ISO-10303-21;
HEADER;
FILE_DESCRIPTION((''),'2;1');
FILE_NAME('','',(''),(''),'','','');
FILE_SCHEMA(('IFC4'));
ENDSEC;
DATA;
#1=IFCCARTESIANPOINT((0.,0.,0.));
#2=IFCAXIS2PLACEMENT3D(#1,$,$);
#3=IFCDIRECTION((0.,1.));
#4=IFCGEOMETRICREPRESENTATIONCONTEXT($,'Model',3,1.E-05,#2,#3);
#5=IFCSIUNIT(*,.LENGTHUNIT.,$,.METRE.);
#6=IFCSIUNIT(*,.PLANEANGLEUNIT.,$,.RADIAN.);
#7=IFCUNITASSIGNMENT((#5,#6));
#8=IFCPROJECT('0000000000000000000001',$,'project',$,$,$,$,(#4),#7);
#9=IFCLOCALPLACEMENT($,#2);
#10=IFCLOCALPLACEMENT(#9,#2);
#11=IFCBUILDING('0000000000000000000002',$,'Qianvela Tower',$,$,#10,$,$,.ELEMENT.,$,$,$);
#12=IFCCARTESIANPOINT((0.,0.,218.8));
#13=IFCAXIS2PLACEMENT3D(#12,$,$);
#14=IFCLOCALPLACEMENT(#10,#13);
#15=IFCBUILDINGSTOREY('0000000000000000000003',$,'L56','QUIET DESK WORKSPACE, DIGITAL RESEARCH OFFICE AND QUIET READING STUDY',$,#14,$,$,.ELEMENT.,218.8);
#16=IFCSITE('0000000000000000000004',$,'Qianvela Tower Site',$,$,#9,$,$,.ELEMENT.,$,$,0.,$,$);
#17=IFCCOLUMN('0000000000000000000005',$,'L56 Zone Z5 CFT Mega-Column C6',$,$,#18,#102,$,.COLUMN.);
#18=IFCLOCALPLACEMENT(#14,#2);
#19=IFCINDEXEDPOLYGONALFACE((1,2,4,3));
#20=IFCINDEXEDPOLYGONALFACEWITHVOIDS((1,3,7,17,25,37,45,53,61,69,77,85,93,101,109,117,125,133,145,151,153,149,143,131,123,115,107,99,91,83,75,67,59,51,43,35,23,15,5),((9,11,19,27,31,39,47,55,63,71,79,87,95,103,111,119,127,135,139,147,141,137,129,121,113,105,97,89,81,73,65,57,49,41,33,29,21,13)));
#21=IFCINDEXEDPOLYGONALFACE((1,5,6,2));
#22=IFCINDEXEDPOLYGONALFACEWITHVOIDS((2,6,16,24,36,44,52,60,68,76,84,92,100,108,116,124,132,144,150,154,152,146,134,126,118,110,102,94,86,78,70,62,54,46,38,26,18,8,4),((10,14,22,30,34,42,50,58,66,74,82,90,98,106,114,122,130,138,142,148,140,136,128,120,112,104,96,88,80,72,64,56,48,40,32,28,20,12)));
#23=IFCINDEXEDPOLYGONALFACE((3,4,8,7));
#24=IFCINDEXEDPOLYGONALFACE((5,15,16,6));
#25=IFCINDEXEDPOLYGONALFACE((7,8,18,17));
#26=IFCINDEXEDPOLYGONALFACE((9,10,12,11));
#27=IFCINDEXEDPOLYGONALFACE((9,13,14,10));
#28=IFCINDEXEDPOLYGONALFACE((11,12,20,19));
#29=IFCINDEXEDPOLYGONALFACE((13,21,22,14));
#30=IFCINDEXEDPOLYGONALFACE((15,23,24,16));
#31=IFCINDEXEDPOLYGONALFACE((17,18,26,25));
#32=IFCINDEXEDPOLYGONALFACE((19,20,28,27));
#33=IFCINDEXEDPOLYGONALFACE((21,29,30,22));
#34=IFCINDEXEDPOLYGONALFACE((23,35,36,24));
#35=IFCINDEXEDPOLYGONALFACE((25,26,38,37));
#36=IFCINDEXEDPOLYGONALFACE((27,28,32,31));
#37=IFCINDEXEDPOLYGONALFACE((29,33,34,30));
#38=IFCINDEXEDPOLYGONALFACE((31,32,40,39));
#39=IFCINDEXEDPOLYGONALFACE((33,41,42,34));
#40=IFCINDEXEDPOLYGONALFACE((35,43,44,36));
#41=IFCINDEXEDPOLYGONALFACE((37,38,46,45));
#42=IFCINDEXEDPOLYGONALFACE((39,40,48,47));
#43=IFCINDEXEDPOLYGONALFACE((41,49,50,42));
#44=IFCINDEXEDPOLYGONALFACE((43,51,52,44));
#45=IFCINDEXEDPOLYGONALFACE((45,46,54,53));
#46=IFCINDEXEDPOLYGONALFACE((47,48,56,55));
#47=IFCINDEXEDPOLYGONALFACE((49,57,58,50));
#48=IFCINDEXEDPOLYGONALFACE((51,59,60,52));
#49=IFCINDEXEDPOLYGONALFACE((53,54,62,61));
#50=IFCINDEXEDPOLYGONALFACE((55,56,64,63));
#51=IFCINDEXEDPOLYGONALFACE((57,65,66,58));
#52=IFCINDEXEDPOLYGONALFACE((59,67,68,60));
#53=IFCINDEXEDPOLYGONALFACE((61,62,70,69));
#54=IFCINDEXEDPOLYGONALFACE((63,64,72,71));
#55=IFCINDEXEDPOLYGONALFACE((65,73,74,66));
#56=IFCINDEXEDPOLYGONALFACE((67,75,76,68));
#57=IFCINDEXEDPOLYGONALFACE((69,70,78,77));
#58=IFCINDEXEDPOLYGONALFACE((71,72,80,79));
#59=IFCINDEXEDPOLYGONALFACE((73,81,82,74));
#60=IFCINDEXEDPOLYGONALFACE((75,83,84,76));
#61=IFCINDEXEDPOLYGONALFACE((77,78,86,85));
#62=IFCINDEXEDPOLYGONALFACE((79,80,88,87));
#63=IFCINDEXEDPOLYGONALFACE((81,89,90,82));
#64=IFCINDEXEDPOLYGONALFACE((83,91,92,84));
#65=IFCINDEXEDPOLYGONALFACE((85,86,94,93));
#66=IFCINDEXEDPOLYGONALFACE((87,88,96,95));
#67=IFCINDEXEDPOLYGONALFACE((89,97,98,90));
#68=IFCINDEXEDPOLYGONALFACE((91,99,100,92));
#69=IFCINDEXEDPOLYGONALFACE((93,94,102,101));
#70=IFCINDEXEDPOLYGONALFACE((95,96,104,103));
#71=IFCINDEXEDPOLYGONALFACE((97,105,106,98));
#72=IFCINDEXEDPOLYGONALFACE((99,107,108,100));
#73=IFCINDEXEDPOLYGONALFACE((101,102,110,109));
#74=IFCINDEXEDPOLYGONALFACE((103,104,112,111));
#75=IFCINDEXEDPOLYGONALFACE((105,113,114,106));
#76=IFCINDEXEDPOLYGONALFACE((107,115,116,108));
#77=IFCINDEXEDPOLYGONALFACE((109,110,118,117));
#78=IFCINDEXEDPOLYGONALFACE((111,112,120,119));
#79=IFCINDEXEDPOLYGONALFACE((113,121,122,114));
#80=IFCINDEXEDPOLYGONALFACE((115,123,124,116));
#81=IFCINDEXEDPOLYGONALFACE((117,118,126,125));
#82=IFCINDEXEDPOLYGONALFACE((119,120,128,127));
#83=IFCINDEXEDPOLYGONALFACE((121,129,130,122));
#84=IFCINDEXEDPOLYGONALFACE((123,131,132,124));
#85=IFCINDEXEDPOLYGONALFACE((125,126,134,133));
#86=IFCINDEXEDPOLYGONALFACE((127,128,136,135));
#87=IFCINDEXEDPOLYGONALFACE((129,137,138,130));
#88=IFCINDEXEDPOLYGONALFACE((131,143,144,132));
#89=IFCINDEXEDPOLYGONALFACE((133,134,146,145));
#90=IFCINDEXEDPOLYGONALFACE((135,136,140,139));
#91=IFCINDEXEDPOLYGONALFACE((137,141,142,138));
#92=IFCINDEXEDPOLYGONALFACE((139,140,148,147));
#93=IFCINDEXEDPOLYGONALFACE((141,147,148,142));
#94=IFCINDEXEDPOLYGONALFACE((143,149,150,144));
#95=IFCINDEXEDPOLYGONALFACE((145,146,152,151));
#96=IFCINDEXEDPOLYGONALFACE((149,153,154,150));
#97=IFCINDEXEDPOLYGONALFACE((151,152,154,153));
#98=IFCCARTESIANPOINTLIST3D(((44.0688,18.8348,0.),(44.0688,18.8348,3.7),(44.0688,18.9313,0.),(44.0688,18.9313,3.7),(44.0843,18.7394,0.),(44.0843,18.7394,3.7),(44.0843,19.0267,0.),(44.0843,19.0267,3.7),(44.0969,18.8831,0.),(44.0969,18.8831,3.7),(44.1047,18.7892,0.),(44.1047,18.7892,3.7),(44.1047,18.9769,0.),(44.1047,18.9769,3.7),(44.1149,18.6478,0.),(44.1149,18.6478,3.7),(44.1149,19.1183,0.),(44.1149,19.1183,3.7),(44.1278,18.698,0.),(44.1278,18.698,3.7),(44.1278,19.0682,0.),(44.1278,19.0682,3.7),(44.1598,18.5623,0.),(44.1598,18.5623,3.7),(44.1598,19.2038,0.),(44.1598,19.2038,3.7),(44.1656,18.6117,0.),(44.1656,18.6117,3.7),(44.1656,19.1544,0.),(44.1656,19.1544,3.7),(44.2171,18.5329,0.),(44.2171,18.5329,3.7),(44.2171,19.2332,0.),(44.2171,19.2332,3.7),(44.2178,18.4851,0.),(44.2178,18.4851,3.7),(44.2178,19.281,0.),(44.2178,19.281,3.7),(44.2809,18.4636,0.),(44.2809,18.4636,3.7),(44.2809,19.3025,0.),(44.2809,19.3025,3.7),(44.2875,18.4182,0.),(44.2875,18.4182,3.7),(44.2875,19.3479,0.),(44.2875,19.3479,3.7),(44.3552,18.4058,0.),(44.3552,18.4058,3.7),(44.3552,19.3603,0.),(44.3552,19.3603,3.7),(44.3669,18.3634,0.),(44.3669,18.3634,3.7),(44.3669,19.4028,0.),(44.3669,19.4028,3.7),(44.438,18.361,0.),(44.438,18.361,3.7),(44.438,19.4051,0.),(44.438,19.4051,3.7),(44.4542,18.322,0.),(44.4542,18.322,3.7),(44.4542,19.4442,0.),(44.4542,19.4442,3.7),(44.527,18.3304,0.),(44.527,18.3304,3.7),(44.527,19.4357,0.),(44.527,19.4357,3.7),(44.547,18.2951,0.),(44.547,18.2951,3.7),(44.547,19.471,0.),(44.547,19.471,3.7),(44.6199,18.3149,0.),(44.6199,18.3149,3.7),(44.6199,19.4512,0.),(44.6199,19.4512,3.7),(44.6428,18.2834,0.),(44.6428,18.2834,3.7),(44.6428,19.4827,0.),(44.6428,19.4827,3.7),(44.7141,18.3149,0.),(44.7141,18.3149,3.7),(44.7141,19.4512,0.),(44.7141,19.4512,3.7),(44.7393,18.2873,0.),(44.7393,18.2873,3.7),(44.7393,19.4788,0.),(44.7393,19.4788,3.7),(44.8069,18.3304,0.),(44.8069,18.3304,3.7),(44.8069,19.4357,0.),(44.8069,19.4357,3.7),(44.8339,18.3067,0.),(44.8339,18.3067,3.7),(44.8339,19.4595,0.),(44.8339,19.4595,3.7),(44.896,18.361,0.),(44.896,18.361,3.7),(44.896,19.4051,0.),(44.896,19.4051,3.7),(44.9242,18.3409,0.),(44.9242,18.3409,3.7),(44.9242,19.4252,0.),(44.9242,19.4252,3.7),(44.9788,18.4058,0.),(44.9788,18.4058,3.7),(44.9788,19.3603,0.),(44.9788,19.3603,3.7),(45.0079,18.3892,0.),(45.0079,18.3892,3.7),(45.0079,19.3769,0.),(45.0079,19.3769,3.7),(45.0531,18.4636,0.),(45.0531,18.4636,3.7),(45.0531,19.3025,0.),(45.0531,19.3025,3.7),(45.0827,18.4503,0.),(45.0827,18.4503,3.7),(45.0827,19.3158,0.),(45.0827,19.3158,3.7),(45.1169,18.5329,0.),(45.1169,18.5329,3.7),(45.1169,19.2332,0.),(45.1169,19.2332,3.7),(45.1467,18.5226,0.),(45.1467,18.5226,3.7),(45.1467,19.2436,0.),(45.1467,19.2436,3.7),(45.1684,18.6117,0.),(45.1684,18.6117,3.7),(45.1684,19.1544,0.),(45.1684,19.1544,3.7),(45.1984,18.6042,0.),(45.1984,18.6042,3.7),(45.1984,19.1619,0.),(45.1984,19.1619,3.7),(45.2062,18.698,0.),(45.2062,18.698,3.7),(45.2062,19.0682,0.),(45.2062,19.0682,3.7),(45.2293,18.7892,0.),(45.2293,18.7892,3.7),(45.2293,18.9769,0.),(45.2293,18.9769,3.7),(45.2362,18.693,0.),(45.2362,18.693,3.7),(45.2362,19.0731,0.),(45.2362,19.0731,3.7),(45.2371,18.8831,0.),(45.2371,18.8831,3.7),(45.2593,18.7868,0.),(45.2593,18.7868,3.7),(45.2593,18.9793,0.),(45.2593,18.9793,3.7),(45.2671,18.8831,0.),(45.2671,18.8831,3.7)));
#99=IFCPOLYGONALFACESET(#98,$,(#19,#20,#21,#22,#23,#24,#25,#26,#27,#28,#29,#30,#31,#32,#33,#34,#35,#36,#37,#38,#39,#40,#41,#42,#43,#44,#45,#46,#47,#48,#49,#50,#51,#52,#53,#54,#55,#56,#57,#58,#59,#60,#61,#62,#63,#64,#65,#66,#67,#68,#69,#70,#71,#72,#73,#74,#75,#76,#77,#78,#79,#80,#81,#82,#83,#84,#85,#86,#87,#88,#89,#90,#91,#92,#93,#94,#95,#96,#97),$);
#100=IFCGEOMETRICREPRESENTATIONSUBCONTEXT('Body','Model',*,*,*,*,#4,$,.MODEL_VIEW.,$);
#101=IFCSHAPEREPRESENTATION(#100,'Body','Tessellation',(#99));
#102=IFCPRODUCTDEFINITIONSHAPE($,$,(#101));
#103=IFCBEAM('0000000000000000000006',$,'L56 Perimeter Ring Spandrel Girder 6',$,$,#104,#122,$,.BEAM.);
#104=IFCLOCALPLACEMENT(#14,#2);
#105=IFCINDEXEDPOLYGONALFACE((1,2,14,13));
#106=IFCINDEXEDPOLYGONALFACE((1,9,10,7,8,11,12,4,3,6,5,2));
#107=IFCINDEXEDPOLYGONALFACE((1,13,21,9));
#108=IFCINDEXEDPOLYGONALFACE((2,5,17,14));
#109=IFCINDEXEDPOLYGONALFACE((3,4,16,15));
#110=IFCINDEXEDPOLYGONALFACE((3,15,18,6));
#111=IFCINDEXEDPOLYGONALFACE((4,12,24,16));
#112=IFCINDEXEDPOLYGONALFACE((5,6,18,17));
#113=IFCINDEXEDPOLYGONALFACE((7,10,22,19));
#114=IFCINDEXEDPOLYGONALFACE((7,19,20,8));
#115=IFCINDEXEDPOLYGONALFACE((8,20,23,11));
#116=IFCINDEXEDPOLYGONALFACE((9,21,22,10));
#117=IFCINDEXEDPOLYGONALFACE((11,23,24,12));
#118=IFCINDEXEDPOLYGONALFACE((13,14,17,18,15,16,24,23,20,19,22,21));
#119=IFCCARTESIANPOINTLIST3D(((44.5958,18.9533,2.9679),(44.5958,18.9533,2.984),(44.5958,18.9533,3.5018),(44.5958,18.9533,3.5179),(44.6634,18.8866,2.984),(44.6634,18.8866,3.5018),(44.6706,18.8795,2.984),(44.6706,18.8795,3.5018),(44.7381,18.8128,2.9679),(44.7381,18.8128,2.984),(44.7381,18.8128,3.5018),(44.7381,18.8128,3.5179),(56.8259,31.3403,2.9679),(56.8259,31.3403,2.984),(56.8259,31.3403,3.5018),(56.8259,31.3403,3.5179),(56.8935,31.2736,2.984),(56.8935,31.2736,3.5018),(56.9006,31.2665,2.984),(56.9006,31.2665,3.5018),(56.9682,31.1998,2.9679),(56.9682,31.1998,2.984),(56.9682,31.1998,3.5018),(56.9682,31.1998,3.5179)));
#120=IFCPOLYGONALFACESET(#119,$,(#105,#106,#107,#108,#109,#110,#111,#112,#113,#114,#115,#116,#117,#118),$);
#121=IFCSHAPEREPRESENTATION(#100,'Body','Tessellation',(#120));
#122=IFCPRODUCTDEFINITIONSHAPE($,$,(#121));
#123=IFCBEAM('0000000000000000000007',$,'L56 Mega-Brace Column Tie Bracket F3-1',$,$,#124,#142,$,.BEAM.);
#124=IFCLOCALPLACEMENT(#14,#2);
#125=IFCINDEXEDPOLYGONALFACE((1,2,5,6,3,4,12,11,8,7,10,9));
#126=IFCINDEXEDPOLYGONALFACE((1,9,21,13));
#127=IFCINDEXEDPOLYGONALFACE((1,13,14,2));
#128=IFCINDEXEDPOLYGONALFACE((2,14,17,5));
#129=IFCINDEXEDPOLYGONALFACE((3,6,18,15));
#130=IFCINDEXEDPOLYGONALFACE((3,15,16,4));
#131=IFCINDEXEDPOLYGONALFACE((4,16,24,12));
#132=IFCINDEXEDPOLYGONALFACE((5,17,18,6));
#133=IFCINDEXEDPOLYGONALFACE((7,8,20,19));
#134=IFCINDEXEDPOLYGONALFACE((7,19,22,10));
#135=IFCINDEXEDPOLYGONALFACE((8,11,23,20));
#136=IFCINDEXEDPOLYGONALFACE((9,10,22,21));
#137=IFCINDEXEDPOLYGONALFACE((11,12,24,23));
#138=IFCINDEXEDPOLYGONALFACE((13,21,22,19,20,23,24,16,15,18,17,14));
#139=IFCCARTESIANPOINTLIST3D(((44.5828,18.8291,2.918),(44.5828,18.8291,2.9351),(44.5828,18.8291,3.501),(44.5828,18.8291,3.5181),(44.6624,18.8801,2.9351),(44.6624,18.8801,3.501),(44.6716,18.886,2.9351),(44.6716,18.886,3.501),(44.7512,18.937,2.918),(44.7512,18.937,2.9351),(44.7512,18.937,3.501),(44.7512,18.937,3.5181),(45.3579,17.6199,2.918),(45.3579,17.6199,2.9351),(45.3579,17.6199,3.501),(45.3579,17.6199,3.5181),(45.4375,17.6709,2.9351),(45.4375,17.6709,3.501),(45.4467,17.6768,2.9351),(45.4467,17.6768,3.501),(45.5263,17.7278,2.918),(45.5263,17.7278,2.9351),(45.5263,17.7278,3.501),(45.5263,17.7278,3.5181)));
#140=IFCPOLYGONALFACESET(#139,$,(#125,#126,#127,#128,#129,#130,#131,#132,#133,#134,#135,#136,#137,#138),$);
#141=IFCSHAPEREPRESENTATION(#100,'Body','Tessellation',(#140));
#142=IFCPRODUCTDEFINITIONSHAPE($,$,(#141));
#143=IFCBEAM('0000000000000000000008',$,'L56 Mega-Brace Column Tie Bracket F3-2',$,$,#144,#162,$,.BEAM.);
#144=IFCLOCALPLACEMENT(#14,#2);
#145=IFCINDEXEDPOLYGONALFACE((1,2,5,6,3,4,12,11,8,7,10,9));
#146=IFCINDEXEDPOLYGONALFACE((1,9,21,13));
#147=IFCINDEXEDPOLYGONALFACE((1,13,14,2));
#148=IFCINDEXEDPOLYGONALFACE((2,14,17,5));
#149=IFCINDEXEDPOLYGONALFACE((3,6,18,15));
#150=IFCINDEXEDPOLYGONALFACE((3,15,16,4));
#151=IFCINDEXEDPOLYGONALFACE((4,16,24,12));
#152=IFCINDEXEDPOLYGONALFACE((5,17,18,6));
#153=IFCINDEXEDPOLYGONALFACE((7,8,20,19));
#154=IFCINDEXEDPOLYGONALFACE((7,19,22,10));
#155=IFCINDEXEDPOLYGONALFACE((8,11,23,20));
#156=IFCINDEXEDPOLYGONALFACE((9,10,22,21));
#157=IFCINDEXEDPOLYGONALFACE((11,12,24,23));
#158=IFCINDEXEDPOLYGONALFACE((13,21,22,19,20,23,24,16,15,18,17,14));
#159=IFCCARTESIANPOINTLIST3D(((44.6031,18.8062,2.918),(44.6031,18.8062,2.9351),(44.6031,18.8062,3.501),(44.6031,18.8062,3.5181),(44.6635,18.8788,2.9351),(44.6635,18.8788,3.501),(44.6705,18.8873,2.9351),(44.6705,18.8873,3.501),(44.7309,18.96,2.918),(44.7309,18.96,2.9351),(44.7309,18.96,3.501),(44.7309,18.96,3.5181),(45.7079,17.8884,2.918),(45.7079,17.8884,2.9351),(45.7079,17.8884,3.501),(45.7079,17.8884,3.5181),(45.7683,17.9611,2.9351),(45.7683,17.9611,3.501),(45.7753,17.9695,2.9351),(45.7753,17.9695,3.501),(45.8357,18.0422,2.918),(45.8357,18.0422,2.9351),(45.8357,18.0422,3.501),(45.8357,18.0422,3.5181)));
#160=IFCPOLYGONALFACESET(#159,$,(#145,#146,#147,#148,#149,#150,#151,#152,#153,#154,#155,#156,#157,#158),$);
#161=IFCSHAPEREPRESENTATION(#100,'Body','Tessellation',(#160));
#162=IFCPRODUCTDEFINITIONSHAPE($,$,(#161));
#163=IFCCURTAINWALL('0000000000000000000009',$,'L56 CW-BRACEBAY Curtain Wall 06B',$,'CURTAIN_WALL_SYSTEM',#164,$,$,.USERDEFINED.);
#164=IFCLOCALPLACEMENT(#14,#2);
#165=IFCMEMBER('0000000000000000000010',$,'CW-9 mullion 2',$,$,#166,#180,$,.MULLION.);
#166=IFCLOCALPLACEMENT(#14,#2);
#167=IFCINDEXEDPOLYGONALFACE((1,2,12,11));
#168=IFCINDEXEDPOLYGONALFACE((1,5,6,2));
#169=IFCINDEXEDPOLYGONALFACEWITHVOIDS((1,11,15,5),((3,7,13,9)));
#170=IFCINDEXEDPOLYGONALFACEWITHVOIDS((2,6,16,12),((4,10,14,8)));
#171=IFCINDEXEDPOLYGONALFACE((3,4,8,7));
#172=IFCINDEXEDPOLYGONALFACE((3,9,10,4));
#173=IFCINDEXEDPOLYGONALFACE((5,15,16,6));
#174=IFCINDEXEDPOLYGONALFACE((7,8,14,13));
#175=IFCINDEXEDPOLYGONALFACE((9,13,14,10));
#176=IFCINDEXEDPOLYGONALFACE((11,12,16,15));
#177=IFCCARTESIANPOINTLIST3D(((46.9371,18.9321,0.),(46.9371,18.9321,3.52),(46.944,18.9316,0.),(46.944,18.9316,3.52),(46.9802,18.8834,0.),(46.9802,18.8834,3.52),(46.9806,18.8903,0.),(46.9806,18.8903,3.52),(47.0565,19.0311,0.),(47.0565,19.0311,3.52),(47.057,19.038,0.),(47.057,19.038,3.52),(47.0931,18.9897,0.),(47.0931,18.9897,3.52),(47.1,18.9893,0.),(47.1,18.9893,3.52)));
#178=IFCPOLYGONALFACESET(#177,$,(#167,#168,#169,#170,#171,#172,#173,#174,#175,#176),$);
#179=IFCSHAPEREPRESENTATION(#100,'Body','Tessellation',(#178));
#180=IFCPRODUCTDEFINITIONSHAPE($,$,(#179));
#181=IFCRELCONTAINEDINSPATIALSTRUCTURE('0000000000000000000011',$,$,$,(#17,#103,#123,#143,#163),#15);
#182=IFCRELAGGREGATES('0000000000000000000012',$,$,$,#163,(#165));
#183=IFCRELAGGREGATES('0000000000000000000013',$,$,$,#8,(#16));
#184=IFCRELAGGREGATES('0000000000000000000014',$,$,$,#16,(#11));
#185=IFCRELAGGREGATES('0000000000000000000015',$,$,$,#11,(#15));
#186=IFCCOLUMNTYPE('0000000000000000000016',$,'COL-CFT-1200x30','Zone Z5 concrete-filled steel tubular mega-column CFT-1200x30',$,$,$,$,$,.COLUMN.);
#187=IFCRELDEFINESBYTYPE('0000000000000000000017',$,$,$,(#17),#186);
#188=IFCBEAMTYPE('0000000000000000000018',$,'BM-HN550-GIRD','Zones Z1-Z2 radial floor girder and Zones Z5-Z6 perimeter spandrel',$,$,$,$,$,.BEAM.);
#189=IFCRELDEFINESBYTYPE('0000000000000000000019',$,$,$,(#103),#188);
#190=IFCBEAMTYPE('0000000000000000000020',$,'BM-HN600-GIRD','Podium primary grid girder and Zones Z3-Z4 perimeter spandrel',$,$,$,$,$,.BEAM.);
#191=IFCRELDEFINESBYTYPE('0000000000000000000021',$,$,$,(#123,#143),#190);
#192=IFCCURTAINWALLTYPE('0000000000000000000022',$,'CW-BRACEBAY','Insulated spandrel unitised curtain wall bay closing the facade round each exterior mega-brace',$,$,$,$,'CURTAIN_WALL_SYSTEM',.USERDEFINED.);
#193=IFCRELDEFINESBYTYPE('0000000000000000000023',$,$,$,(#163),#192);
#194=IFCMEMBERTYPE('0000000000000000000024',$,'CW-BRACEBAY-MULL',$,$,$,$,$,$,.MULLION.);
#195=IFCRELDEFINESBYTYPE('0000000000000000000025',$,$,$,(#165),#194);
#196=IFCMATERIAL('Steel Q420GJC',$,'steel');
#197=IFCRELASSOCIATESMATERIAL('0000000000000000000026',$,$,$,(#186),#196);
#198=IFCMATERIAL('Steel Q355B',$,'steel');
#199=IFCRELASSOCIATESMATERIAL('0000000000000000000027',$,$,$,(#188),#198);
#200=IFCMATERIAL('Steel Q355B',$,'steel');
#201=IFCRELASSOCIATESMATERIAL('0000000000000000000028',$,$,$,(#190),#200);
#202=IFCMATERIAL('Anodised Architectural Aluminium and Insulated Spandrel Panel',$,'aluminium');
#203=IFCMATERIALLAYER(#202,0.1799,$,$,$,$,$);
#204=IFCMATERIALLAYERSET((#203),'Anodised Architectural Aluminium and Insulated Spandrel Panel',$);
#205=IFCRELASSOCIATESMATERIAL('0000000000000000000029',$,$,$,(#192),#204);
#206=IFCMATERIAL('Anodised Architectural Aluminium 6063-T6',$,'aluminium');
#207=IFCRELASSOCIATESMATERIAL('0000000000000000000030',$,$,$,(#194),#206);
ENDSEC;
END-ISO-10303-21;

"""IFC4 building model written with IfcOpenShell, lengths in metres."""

from ifc_helpers import new_model, si_unit, direction, frame, origin, origin_2d, place, context, subcontext, project, spatial, hollow_rectangle, hollow_circle, i_section, extrude, material, layer, layer_set, material_profile, profile_set, type_object, element, aggregate, save


model = new_model("IFC4")

# Units and contexts
model_context = context("Model", 3, precision=1e-05, world=origin(), true_north=direction((0.0, 1.0)))
body_context = subcontext(model_context, "Body", "Model", "MODEL_VIEW")
ifc_project = project(units=[si_unit("LENGTHUNIT", "METRE"), si_unit("PLANEANGLEUNIT", "RADIAN")], contexts=[model_context])

# Site, building, storey
site_placement = place(None, origin())
site = spatial("IfcSite", under=ifc_project, at=site_placement, Name="Qianvela Tower Site", CompositionType="ELEMENT", RefElevation=0.0)
building_placement = place(site_placement, origin())
building = spatial("IfcBuilding", under=site, at=building_placement, Name="Qianvela Tower", CompositionType="ELEMENT")
storey_placement = place(building_placement, frame((0.0, 0.0, 218.8)))
storey = spatial("IfcBuildingStorey", under=building, at=storey_placement, Name="L56", Description="QUIET DESK WORKSPACE, DIGITAL RESEARCH OFFICE AND QUIET READING STUDY", CompositionType="ELEMENT", Elevation=218.8)

# Column
ifc_material_1 = material(Name="Steel Q420GJC", Category="steel")
ifc_material_profile_1 = material_profile(ifc_material_1, hollow_circle(Radius=0.6001, WallThickness=0.03, at=origin_2d()), Name="CFT-1200x30")
ifc_profile_set_1 = profile_set([ifc_material_profile_1], Name="Steel Q420GJC")
column_type = type_object("IfcColumnType", Name="COL-CFT-1200x30", Description="Zone Z5 concrete-filled steel tubular mega-column CFT-1200x30", PredefinedType="COLUMN", material=ifc_profile_set_1)
column_placement = place(storey_placement, frame((44.667, 18.8831, 0.0), z_axis=(0.0, 0.0, 1.0), x_axis=(1.0, 0.0, 0.0)))
element("IfcColumn", 1, at=column_placement, inside=storey, type_object=column_type, Name="L56 Zone Z5 CFT Mega-Column C6", PredefinedType="COLUMN", context=body_context, shape_type="SweptSolid", body=[
    extrude(hollow_circle(Radius=0.6001, WallThickness=0.03, at=origin_2d()), origin(), (0.0, 0.0, 1.0), 3.7),
])

# Beams
ifc_material_2 = material(Name="Steel Q355B", Category="steel")
ifc_material_profile_2 = material_profile(ifc_material_2, i_section(OverallWidth=0.2, OverallDepth=0.55, WebThickness=0.01, FlangeThickness=0.0161, at=origin_2d()), Name="HN550x200x10x16")
ifc_profile_set_2 = profile_set([ifc_material_profile_2], Name="Steel Q355B")
beam_type_1 = type_object("IfcBeamType", Name="BM-HN550-GIRD", Description="Zones Z1-Z2 radial floor girder and Zones Z5-Z6 perimeter spandrel", PredefinedType="BEAM", material=ifc_profile_set_2)
beam_placement = place(storey_placement, frame((44.667, 18.8831, 3.2429), z_axis=(0.702583, 0.711602, 0.0), x_axis=(-0.711602, 0.702583, 0.0)))
element("IfcBeam", 2, at=beam_placement, inside=storey, type_object=beam_type_1, Name="L56 Perimeter Ring Spandrel Girder 6", PredefinedType="BEAM", context=body_context, shape_type="SweptSolid", body=[
    extrude(i_section(OverallWidth=0.2, OverallDepth=0.55, WebThickness=0.01, FlangeThickness=0.0161, at=origin_2d()), origin(), (0.0, 0.0, 1.0), 17.4072),
])
ifc_material_3 = material(Name="Steel Q355B", Category="steel")
ifc_material_profile_3 = material_profile(ifc_material_3, i_section(OverallWidth=0.2, OverallDepth=0.6001, WebThickness=0.011, FlangeThickness=0.0171, at=origin_2d()), Name="HN600x200x11x17")
ifc_profile_set_3 = profile_set([ifc_material_profile_3], Name="Steel Q355B")
beam_type_2 = type_object("IfcBeamType", Name="BM-HN600-GIRD", Description="Podium primary grid girder and Zones Z3-Z4 perimeter spandrel", PredefinedType="BEAM", material=ifc_profile_set_3)
for number, where, z_axis, x_axis, name in (
    (3, (44.667, 18.8831, 3.218), (0.539666, -0.841879, 0.0), (0.841879, 0.539666, 0.0), "L56 Mega-Brace Column Tie Bracket F3-1"),
    (4, (44.667, 18.8831, 3.218), (0.76921, -0.638996, 0.0), (0.638996, 0.76921, 0.0), "L56 Mega-Brace Column Tie Bracket F3-2"),
):
    element("IfcBeam", number, at=place(storey_placement, frame(where, z_axis=z_axis, x_axis=x_axis)), inside=storey, type_object=beam_type_2, Name=name, PredefinedType="BEAM", context=body_context, shape_type="SweptSolid", body=[
        extrude(i_section(OverallWidth=0.2, OverallDepth=0.6001, WebThickness=0.011, FlangeThickness=0.0171, at=origin_2d()), origin(), (0.0, 0.0, 1.0), 1.4363),
    ])

# Curtain wall, member
ifc_material_4 = material(Name="Anodised Architectural Aluminium and Insulated Spandrel Panel", Category="aluminium")
ifc_layer_1 = layer(ifc_material_4, 0.1799)
ifc_layer_set_1 = layer_set([ifc_layer_1], Name="Anodised Architectural Aluminium and Insulated Spandrel Panel")
curtain_wall_type_1 = type_object("IfcCurtainWallType", Name="CW-BRACEBAY", Description="Insulated spandrel unitised curtain wall bay closing the facade round each exterior mega-brace", ElementType="CURTAIN_WALL_SYSTEM", PredefinedType="USERDEFINED", material=ifc_layer_set_1)
curtain_wall_1_placement = place(storey_placement, origin())
curtain_wall_1 = element("IfcCurtainWall", 5, at=curtain_wall_1_placement, inside=storey, type_object=curtain_wall_type_1, Name="L56 CW-BRACEBAY Curtain Wall 06B", ObjectType="CURTAIN_WALL_SYSTEM", PredefinedType="USERDEFINED")
ifc_material_5 = material(Name="Anodised Architectural Aluminium 6063-T6", Category="aluminium")
ifc_material_profile_4 = material_profile(ifc_material_5, hollow_rectangle(XDim=0.0649, YDim=0.1599, WallThickness=0.0049, at=origin_2d()), Name="ALU-MULL-65x160")
ifc_profile_set_4 = profile_set([ifc_material_profile_4], Name="Anodised Architectural Aluminium 6063-T6")
member_type_1 = type_object("IfcMemberType", Name="CW-BRACEBAY-MULL", PredefinedType="MULLION", material=ifc_profile_set_4)
member_1_placement = place(storey_placement, frame((47.0186, 18.9607, 0.0), z_axis=(0.0, 0.0, 1.0), x_axis=(-0.662265, 0.74927, 0.0)))
member_1 = element("IfcMember", 6, at=member_1_placement, type_object=member_type_1, Name="CW-9 mullion 2", PredefinedType="MULLION", context=body_context, shape_type="SweptSolid", body=[
    extrude(hollow_rectangle(XDim=0.0649, YDim=0.1599, WallThickness=0.0049, at=origin_2d()), origin(), (0.0, 0.0, 1.0), 3.52),
])

aggregate(curtain_wall_1, [member_1])

save(model, "model.ifc")
